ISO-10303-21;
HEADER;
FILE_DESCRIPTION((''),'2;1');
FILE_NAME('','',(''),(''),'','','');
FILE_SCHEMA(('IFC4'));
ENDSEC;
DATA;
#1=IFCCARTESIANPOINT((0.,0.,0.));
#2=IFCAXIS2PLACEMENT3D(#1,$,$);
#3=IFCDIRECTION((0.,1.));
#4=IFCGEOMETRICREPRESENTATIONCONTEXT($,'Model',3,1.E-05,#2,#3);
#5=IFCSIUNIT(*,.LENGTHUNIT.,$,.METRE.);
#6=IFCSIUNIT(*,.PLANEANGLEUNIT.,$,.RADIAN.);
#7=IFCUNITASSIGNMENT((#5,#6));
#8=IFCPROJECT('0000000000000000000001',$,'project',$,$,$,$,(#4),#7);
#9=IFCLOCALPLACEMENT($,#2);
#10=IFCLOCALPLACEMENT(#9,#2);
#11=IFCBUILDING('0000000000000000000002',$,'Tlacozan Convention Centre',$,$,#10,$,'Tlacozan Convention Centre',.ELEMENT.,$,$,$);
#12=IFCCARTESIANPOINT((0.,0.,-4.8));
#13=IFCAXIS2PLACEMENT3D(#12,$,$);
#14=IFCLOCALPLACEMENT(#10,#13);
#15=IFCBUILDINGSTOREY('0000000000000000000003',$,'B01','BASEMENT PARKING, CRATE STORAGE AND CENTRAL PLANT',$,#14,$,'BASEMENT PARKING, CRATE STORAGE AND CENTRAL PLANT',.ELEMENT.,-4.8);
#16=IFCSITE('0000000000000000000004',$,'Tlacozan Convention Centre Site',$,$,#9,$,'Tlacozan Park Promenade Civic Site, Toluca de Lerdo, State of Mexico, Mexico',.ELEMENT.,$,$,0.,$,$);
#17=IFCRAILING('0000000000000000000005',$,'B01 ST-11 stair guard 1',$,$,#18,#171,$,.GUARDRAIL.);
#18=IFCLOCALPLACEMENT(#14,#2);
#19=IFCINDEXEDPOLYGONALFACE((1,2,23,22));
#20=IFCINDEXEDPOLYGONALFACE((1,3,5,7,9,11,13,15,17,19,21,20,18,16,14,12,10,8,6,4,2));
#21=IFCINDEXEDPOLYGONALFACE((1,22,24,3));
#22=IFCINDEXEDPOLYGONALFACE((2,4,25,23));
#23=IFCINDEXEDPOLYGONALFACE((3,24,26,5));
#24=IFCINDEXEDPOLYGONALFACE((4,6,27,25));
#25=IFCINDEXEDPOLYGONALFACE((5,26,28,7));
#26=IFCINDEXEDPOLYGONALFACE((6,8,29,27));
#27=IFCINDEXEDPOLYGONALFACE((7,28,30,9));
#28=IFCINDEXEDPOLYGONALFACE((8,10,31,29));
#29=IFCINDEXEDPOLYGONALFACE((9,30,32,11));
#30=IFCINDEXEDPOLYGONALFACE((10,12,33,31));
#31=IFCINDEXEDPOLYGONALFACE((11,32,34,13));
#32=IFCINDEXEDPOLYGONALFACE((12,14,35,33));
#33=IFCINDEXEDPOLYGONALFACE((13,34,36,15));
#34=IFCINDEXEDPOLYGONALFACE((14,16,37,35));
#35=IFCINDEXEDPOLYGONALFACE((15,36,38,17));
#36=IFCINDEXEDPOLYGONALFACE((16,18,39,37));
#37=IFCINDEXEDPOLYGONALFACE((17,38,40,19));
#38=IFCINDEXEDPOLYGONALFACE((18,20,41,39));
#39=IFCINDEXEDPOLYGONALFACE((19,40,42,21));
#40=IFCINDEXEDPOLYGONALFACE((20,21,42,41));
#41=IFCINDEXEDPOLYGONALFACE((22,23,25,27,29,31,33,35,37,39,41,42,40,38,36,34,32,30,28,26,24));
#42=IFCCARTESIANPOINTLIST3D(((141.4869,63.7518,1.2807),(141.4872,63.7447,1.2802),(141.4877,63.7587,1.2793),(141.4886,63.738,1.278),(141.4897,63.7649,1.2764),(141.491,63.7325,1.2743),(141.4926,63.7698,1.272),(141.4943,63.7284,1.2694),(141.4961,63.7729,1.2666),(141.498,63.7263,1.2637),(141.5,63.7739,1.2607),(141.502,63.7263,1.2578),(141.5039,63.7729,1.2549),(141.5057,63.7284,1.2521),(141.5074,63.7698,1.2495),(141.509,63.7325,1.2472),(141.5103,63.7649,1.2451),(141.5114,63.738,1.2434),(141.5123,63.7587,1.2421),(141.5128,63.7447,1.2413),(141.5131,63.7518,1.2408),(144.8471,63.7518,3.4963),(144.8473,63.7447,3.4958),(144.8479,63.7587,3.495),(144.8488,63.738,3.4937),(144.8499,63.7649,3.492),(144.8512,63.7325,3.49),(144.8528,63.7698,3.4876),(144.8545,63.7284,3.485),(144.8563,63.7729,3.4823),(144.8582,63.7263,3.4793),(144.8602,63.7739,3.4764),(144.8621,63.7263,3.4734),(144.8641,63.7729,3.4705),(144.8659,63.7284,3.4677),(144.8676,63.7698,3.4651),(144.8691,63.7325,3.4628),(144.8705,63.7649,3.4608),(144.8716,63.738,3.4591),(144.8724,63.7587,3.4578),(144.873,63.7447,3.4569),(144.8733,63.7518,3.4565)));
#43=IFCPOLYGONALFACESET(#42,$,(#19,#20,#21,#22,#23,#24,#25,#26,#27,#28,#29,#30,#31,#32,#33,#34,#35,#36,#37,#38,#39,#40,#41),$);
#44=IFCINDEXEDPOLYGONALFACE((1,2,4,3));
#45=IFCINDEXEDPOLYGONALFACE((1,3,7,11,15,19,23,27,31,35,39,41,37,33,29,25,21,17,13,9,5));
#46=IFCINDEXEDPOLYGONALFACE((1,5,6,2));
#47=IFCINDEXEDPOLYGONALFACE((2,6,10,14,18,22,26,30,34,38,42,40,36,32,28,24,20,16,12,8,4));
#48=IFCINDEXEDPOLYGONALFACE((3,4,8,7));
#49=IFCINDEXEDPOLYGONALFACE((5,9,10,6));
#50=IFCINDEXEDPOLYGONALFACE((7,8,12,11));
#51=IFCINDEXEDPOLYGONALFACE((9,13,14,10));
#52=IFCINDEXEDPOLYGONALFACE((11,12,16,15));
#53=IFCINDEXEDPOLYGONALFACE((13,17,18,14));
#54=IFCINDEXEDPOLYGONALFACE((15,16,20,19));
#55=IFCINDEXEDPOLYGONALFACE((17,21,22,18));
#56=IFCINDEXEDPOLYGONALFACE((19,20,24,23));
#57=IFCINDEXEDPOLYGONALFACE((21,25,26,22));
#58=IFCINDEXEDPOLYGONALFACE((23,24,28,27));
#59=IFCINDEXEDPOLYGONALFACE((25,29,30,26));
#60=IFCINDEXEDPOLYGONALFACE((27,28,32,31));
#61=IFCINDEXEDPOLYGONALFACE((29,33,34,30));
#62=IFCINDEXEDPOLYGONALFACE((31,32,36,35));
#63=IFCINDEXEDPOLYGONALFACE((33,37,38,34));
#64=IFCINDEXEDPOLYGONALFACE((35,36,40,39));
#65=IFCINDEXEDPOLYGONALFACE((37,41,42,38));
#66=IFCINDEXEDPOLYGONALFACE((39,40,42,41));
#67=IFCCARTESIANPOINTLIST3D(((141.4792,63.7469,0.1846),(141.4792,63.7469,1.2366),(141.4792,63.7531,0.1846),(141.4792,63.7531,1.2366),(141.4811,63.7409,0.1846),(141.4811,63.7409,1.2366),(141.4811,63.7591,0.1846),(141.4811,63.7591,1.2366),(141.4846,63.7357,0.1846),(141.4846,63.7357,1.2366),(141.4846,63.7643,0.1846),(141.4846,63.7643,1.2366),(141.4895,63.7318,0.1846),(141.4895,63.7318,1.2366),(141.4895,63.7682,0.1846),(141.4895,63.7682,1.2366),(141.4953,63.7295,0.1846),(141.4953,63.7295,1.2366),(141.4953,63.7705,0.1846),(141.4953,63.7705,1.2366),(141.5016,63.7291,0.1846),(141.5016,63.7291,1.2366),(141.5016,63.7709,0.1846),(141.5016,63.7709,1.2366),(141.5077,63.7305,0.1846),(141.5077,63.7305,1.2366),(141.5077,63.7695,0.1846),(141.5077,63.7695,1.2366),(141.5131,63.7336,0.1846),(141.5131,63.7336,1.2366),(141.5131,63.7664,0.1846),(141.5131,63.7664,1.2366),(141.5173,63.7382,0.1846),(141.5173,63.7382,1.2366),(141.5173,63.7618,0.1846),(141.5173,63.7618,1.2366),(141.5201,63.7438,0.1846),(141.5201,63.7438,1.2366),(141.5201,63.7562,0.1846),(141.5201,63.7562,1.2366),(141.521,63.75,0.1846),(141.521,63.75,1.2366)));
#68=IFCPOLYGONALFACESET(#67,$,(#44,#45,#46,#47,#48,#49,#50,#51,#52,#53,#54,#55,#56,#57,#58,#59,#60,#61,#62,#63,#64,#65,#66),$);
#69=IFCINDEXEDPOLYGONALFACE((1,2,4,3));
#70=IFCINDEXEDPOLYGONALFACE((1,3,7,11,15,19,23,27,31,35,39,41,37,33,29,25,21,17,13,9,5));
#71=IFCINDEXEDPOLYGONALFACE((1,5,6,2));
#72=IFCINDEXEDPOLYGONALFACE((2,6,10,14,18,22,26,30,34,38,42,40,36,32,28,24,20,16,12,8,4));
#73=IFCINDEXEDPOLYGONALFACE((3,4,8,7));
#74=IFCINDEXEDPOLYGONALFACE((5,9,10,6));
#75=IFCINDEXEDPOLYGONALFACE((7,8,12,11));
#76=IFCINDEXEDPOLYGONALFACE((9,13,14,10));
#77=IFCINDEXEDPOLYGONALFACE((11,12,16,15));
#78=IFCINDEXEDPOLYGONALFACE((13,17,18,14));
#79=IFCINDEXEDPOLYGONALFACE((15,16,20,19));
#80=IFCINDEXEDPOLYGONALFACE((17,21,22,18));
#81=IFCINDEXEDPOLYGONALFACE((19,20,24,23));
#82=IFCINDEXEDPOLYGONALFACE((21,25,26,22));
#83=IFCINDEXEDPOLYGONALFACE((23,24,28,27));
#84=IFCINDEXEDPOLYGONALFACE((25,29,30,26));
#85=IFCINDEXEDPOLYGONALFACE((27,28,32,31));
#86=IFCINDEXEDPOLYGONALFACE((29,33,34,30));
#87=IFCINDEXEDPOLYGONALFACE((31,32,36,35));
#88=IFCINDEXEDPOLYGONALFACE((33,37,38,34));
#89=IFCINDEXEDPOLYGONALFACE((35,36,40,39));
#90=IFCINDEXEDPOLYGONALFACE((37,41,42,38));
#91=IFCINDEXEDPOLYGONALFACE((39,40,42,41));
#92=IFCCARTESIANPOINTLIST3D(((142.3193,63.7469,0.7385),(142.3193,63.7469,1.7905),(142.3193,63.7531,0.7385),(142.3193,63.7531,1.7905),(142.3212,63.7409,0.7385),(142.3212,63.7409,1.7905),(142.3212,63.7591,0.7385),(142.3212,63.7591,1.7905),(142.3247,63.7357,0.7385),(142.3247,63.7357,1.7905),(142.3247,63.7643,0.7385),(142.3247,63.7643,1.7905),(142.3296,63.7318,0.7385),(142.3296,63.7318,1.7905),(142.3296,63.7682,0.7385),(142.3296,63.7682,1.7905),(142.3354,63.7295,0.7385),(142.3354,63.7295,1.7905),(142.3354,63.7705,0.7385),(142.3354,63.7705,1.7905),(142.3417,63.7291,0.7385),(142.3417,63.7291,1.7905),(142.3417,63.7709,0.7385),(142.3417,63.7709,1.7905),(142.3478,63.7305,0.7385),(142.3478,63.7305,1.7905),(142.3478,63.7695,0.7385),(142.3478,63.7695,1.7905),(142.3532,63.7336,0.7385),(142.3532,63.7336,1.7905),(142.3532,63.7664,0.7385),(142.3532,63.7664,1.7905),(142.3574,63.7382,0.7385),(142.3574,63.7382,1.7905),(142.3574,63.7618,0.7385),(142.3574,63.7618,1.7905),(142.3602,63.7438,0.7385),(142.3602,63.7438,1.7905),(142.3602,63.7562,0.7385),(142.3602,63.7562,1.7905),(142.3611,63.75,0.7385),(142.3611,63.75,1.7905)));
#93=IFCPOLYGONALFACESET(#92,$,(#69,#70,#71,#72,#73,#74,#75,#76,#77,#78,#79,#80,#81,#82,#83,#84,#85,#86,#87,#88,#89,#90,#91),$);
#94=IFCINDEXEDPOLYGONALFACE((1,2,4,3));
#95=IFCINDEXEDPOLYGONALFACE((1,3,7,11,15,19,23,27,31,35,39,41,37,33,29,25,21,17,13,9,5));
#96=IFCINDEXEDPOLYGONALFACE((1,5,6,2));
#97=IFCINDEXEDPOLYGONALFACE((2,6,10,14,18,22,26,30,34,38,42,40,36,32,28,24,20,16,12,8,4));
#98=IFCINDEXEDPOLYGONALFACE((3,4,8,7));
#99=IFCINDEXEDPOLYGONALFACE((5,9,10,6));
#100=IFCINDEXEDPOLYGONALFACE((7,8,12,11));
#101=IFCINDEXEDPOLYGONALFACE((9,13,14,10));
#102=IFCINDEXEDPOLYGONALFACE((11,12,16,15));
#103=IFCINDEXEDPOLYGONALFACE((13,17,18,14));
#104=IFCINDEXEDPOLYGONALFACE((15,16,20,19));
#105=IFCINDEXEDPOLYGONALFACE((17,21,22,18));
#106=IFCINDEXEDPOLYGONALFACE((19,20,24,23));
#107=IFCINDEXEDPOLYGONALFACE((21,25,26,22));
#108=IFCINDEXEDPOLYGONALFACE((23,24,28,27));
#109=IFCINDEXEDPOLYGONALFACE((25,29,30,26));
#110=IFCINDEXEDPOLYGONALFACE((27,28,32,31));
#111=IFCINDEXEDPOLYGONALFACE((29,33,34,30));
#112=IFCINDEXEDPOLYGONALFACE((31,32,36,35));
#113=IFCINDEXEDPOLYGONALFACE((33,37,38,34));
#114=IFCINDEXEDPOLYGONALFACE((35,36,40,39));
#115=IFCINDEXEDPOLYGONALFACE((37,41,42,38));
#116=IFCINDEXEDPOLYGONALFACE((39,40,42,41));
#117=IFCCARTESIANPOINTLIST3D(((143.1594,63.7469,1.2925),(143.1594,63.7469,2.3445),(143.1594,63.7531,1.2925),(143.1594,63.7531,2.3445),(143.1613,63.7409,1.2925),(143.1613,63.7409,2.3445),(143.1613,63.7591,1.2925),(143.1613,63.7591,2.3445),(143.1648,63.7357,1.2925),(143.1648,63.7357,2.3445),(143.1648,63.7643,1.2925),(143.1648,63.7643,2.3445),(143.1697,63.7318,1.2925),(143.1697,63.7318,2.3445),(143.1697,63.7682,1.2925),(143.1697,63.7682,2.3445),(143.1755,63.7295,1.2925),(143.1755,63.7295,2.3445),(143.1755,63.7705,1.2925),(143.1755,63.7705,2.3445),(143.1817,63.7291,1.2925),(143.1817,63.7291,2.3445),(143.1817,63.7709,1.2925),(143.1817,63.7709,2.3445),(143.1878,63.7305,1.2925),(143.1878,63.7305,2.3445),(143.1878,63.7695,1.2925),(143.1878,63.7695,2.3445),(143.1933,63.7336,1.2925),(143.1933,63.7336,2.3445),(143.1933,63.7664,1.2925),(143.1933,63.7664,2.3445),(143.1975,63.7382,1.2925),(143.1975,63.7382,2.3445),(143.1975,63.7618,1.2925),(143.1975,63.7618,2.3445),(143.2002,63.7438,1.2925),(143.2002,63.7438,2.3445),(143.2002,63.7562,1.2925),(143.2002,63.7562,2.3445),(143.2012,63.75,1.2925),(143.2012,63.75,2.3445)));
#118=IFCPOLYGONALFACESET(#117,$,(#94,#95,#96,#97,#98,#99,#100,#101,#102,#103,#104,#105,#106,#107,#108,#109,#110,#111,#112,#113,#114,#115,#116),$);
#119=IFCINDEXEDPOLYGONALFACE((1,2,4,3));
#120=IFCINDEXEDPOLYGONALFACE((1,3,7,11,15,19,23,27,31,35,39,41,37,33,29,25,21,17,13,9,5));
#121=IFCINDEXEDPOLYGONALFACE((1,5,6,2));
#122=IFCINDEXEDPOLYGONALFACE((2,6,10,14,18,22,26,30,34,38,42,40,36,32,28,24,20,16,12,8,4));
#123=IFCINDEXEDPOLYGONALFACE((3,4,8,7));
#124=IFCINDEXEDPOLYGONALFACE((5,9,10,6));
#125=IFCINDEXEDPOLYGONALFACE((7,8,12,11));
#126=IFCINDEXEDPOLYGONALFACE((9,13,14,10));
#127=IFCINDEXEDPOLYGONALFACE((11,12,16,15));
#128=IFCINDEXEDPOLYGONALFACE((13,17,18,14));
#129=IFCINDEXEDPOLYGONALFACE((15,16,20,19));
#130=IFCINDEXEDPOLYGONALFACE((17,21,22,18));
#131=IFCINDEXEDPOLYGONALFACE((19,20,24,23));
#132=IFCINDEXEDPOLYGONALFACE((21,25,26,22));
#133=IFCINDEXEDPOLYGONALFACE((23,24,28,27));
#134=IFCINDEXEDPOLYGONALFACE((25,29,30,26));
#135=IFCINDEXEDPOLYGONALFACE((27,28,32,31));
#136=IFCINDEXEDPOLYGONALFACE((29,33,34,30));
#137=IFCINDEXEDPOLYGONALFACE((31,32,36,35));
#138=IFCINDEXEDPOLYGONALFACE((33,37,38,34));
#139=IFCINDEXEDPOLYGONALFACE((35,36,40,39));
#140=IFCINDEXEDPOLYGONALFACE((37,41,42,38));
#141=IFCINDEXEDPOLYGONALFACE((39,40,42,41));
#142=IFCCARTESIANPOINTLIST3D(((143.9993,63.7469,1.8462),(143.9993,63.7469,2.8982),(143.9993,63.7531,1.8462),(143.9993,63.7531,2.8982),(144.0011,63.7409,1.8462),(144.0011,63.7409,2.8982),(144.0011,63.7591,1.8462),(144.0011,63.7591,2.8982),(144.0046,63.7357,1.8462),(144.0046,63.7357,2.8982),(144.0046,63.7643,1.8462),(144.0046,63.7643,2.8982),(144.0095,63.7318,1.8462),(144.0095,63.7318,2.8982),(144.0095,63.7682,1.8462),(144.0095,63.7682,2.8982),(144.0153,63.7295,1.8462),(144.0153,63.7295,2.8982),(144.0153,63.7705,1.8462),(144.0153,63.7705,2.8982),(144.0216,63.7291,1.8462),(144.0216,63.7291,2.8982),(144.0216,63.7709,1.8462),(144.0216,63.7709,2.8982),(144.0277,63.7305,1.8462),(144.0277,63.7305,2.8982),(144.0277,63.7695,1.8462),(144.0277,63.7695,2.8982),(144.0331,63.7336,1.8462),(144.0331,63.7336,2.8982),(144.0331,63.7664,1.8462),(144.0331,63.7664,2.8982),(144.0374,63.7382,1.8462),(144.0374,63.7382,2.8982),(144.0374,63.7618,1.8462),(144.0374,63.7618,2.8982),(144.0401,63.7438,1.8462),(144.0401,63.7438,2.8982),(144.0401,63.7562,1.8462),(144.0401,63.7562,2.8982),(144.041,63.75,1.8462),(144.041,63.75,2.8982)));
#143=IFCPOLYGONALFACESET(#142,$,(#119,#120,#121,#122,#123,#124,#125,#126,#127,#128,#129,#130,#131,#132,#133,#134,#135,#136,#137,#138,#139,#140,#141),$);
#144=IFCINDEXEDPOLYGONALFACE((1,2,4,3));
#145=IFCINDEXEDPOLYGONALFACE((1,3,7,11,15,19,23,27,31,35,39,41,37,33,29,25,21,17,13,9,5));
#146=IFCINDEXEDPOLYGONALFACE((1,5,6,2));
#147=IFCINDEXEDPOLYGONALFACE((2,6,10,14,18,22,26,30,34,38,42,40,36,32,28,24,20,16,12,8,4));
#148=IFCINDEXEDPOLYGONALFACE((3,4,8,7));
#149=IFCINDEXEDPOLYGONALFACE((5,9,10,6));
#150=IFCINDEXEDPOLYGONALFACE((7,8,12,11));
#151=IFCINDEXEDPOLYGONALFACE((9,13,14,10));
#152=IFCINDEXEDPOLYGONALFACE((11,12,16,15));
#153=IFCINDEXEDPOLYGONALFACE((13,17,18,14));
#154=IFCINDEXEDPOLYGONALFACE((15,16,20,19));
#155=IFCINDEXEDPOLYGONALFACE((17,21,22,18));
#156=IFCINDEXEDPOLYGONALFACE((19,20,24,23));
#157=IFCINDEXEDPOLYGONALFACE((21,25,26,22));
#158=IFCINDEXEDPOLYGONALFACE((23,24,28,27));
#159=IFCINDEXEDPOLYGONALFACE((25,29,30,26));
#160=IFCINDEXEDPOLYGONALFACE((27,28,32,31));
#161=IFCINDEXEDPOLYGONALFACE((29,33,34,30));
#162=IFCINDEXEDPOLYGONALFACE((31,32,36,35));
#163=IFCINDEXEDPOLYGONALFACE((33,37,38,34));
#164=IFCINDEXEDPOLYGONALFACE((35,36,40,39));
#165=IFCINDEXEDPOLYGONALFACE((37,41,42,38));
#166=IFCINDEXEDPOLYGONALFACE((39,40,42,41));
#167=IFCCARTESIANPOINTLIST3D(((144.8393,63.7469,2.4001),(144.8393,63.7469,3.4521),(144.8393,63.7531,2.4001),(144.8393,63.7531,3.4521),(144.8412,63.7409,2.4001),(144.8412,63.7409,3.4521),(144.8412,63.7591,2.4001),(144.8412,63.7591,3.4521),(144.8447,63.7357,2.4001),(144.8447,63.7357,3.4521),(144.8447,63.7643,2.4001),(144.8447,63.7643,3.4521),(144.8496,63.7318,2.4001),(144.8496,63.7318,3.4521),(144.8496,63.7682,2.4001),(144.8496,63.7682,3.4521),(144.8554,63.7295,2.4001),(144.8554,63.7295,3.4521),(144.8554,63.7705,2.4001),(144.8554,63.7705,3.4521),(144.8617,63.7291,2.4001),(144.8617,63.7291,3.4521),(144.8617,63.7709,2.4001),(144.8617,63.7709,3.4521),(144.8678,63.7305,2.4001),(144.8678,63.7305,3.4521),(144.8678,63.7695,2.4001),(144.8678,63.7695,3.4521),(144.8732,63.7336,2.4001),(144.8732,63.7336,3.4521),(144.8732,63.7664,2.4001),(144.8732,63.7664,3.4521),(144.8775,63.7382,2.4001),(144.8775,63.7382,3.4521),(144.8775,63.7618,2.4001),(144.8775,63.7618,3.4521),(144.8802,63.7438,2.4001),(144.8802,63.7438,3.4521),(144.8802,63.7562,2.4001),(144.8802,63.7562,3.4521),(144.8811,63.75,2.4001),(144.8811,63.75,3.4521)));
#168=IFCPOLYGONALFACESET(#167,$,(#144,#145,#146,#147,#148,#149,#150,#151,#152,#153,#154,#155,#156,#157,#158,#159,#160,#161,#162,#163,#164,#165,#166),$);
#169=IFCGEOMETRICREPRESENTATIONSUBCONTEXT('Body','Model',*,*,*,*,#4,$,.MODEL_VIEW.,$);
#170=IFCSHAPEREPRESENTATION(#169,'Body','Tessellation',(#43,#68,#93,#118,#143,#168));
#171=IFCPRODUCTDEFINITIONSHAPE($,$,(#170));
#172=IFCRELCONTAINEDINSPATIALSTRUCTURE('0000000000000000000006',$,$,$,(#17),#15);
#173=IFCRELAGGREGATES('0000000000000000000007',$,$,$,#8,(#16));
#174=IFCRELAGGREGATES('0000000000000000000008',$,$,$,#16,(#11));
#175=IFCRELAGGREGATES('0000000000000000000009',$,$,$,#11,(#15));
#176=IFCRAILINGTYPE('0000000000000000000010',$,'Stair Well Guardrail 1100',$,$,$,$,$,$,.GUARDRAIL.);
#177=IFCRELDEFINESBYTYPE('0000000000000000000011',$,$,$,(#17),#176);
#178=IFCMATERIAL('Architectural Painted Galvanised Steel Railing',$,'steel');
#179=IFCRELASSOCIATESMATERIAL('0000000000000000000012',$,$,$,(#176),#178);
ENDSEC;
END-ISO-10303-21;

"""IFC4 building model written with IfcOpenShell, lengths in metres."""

from ifc_helpers import new_model, si_unit, direction, frame, origin, origin_2d, place, context, subcontext, project, spatial, circle, extrude, material, type_object, element, save


model = new_model("IFC4")

# Units and contexts
model_context = context("Model", 3, precision=1e-05, world=origin(), true_north=direction((0.0, 1.0)))
body_context = subcontext(model_context, "Body", "Model", "MODEL_VIEW")
ifc_project = project(units=[si_unit("LENGTHUNIT", "METRE"), si_unit("PLANEANGLEUNIT", "RADIAN")], contexts=[model_context])

# Site, building, storey
site_placement = place(None, origin())
site = spatial("IfcSite", under=ifc_project, at=site_placement, Name="Tlacozan Convention Centre Site", LongName="Tlacozan Park Promenade Civic Site, Toluca de Lerdo, State of Mexico, Mexico", CompositionType="ELEMENT", RefElevation=0.0)
building_placement = place(site_placement, origin())
building = spatial("IfcBuilding", under=site, at=building_placement, Name="Tlacozan Convention Centre", LongName="Tlacozan Convention Centre", CompositionType="ELEMENT")
storey_placement = place(building_placement, frame((0.0, 0.0, -4.8)))
storey = spatial("IfcBuildingStorey", under=building, at=storey_placement, Name="B01", Description="BASEMENT PARKING, CRATE STORAGE AND CENTRAL PLANT", LongName="BASEMENT PARKING, CRATE STORAGE AND CENTRAL PLANT", CompositionType="ELEMENT", Elevation=-4.8)

# Railing
ifc_material_1 = material(Name="Architectural Painted Galvanised Steel Railing", Category="steel")
railing_type_1 = type_object("IfcRailingType", Name="Stair Well Guardrail 1100", PredefinedType="GUARDRAIL", material=ifc_material_1)
railing_1_placement = place(storey_placement, frame((141.5, 63.75, 0.1846)))
element("IfcRailing", 1, at=railing_1_placement, inside=storey, type_object=railing_type_1, Name="B01 ST-11 stair guard 1", PredefinedType="GUARDRAIL", context=body_context, shape_type="SweptSolid", body=[
    extrude(circle(Radius=0.0239, at=origin_2d()), frame((0.0, 0.0, 1.0762), z_axis=(0.834849, 0.0, 0.55048), x_axis=(0.0, 1.0, 0.0)), (0.0, 0.0, 1.0), 4.0249),
    extrude(circle(Radius=0.021, at=origin_2d()), origin(), (0.0, 0.0, 1.0), 1.052),
    extrude(circle(Radius=0.021, at=origin_2d()), frame((0.8401, 0.0, 0.554)), (0.0, 0.0, 1.0), 1.052),
    extrude(circle(Radius=0.021, at=origin_2d()), frame((1.6802, 0.0, 1.1079)), (0.0, 0.0, 1.0), 1.052),
    extrude(circle(Radius=0.021, at=origin_2d()), frame((2.52, 0.0, 1.6616)), (0.0, 0.0, 1.0), 1.052),
    extrude(circle(Radius=0.021, at=origin_2d()), frame((3.3601, 0.0, 2.2156)), (0.0, 0.0, 1.0), 1.052),
])

save(model, "model.ifc")
